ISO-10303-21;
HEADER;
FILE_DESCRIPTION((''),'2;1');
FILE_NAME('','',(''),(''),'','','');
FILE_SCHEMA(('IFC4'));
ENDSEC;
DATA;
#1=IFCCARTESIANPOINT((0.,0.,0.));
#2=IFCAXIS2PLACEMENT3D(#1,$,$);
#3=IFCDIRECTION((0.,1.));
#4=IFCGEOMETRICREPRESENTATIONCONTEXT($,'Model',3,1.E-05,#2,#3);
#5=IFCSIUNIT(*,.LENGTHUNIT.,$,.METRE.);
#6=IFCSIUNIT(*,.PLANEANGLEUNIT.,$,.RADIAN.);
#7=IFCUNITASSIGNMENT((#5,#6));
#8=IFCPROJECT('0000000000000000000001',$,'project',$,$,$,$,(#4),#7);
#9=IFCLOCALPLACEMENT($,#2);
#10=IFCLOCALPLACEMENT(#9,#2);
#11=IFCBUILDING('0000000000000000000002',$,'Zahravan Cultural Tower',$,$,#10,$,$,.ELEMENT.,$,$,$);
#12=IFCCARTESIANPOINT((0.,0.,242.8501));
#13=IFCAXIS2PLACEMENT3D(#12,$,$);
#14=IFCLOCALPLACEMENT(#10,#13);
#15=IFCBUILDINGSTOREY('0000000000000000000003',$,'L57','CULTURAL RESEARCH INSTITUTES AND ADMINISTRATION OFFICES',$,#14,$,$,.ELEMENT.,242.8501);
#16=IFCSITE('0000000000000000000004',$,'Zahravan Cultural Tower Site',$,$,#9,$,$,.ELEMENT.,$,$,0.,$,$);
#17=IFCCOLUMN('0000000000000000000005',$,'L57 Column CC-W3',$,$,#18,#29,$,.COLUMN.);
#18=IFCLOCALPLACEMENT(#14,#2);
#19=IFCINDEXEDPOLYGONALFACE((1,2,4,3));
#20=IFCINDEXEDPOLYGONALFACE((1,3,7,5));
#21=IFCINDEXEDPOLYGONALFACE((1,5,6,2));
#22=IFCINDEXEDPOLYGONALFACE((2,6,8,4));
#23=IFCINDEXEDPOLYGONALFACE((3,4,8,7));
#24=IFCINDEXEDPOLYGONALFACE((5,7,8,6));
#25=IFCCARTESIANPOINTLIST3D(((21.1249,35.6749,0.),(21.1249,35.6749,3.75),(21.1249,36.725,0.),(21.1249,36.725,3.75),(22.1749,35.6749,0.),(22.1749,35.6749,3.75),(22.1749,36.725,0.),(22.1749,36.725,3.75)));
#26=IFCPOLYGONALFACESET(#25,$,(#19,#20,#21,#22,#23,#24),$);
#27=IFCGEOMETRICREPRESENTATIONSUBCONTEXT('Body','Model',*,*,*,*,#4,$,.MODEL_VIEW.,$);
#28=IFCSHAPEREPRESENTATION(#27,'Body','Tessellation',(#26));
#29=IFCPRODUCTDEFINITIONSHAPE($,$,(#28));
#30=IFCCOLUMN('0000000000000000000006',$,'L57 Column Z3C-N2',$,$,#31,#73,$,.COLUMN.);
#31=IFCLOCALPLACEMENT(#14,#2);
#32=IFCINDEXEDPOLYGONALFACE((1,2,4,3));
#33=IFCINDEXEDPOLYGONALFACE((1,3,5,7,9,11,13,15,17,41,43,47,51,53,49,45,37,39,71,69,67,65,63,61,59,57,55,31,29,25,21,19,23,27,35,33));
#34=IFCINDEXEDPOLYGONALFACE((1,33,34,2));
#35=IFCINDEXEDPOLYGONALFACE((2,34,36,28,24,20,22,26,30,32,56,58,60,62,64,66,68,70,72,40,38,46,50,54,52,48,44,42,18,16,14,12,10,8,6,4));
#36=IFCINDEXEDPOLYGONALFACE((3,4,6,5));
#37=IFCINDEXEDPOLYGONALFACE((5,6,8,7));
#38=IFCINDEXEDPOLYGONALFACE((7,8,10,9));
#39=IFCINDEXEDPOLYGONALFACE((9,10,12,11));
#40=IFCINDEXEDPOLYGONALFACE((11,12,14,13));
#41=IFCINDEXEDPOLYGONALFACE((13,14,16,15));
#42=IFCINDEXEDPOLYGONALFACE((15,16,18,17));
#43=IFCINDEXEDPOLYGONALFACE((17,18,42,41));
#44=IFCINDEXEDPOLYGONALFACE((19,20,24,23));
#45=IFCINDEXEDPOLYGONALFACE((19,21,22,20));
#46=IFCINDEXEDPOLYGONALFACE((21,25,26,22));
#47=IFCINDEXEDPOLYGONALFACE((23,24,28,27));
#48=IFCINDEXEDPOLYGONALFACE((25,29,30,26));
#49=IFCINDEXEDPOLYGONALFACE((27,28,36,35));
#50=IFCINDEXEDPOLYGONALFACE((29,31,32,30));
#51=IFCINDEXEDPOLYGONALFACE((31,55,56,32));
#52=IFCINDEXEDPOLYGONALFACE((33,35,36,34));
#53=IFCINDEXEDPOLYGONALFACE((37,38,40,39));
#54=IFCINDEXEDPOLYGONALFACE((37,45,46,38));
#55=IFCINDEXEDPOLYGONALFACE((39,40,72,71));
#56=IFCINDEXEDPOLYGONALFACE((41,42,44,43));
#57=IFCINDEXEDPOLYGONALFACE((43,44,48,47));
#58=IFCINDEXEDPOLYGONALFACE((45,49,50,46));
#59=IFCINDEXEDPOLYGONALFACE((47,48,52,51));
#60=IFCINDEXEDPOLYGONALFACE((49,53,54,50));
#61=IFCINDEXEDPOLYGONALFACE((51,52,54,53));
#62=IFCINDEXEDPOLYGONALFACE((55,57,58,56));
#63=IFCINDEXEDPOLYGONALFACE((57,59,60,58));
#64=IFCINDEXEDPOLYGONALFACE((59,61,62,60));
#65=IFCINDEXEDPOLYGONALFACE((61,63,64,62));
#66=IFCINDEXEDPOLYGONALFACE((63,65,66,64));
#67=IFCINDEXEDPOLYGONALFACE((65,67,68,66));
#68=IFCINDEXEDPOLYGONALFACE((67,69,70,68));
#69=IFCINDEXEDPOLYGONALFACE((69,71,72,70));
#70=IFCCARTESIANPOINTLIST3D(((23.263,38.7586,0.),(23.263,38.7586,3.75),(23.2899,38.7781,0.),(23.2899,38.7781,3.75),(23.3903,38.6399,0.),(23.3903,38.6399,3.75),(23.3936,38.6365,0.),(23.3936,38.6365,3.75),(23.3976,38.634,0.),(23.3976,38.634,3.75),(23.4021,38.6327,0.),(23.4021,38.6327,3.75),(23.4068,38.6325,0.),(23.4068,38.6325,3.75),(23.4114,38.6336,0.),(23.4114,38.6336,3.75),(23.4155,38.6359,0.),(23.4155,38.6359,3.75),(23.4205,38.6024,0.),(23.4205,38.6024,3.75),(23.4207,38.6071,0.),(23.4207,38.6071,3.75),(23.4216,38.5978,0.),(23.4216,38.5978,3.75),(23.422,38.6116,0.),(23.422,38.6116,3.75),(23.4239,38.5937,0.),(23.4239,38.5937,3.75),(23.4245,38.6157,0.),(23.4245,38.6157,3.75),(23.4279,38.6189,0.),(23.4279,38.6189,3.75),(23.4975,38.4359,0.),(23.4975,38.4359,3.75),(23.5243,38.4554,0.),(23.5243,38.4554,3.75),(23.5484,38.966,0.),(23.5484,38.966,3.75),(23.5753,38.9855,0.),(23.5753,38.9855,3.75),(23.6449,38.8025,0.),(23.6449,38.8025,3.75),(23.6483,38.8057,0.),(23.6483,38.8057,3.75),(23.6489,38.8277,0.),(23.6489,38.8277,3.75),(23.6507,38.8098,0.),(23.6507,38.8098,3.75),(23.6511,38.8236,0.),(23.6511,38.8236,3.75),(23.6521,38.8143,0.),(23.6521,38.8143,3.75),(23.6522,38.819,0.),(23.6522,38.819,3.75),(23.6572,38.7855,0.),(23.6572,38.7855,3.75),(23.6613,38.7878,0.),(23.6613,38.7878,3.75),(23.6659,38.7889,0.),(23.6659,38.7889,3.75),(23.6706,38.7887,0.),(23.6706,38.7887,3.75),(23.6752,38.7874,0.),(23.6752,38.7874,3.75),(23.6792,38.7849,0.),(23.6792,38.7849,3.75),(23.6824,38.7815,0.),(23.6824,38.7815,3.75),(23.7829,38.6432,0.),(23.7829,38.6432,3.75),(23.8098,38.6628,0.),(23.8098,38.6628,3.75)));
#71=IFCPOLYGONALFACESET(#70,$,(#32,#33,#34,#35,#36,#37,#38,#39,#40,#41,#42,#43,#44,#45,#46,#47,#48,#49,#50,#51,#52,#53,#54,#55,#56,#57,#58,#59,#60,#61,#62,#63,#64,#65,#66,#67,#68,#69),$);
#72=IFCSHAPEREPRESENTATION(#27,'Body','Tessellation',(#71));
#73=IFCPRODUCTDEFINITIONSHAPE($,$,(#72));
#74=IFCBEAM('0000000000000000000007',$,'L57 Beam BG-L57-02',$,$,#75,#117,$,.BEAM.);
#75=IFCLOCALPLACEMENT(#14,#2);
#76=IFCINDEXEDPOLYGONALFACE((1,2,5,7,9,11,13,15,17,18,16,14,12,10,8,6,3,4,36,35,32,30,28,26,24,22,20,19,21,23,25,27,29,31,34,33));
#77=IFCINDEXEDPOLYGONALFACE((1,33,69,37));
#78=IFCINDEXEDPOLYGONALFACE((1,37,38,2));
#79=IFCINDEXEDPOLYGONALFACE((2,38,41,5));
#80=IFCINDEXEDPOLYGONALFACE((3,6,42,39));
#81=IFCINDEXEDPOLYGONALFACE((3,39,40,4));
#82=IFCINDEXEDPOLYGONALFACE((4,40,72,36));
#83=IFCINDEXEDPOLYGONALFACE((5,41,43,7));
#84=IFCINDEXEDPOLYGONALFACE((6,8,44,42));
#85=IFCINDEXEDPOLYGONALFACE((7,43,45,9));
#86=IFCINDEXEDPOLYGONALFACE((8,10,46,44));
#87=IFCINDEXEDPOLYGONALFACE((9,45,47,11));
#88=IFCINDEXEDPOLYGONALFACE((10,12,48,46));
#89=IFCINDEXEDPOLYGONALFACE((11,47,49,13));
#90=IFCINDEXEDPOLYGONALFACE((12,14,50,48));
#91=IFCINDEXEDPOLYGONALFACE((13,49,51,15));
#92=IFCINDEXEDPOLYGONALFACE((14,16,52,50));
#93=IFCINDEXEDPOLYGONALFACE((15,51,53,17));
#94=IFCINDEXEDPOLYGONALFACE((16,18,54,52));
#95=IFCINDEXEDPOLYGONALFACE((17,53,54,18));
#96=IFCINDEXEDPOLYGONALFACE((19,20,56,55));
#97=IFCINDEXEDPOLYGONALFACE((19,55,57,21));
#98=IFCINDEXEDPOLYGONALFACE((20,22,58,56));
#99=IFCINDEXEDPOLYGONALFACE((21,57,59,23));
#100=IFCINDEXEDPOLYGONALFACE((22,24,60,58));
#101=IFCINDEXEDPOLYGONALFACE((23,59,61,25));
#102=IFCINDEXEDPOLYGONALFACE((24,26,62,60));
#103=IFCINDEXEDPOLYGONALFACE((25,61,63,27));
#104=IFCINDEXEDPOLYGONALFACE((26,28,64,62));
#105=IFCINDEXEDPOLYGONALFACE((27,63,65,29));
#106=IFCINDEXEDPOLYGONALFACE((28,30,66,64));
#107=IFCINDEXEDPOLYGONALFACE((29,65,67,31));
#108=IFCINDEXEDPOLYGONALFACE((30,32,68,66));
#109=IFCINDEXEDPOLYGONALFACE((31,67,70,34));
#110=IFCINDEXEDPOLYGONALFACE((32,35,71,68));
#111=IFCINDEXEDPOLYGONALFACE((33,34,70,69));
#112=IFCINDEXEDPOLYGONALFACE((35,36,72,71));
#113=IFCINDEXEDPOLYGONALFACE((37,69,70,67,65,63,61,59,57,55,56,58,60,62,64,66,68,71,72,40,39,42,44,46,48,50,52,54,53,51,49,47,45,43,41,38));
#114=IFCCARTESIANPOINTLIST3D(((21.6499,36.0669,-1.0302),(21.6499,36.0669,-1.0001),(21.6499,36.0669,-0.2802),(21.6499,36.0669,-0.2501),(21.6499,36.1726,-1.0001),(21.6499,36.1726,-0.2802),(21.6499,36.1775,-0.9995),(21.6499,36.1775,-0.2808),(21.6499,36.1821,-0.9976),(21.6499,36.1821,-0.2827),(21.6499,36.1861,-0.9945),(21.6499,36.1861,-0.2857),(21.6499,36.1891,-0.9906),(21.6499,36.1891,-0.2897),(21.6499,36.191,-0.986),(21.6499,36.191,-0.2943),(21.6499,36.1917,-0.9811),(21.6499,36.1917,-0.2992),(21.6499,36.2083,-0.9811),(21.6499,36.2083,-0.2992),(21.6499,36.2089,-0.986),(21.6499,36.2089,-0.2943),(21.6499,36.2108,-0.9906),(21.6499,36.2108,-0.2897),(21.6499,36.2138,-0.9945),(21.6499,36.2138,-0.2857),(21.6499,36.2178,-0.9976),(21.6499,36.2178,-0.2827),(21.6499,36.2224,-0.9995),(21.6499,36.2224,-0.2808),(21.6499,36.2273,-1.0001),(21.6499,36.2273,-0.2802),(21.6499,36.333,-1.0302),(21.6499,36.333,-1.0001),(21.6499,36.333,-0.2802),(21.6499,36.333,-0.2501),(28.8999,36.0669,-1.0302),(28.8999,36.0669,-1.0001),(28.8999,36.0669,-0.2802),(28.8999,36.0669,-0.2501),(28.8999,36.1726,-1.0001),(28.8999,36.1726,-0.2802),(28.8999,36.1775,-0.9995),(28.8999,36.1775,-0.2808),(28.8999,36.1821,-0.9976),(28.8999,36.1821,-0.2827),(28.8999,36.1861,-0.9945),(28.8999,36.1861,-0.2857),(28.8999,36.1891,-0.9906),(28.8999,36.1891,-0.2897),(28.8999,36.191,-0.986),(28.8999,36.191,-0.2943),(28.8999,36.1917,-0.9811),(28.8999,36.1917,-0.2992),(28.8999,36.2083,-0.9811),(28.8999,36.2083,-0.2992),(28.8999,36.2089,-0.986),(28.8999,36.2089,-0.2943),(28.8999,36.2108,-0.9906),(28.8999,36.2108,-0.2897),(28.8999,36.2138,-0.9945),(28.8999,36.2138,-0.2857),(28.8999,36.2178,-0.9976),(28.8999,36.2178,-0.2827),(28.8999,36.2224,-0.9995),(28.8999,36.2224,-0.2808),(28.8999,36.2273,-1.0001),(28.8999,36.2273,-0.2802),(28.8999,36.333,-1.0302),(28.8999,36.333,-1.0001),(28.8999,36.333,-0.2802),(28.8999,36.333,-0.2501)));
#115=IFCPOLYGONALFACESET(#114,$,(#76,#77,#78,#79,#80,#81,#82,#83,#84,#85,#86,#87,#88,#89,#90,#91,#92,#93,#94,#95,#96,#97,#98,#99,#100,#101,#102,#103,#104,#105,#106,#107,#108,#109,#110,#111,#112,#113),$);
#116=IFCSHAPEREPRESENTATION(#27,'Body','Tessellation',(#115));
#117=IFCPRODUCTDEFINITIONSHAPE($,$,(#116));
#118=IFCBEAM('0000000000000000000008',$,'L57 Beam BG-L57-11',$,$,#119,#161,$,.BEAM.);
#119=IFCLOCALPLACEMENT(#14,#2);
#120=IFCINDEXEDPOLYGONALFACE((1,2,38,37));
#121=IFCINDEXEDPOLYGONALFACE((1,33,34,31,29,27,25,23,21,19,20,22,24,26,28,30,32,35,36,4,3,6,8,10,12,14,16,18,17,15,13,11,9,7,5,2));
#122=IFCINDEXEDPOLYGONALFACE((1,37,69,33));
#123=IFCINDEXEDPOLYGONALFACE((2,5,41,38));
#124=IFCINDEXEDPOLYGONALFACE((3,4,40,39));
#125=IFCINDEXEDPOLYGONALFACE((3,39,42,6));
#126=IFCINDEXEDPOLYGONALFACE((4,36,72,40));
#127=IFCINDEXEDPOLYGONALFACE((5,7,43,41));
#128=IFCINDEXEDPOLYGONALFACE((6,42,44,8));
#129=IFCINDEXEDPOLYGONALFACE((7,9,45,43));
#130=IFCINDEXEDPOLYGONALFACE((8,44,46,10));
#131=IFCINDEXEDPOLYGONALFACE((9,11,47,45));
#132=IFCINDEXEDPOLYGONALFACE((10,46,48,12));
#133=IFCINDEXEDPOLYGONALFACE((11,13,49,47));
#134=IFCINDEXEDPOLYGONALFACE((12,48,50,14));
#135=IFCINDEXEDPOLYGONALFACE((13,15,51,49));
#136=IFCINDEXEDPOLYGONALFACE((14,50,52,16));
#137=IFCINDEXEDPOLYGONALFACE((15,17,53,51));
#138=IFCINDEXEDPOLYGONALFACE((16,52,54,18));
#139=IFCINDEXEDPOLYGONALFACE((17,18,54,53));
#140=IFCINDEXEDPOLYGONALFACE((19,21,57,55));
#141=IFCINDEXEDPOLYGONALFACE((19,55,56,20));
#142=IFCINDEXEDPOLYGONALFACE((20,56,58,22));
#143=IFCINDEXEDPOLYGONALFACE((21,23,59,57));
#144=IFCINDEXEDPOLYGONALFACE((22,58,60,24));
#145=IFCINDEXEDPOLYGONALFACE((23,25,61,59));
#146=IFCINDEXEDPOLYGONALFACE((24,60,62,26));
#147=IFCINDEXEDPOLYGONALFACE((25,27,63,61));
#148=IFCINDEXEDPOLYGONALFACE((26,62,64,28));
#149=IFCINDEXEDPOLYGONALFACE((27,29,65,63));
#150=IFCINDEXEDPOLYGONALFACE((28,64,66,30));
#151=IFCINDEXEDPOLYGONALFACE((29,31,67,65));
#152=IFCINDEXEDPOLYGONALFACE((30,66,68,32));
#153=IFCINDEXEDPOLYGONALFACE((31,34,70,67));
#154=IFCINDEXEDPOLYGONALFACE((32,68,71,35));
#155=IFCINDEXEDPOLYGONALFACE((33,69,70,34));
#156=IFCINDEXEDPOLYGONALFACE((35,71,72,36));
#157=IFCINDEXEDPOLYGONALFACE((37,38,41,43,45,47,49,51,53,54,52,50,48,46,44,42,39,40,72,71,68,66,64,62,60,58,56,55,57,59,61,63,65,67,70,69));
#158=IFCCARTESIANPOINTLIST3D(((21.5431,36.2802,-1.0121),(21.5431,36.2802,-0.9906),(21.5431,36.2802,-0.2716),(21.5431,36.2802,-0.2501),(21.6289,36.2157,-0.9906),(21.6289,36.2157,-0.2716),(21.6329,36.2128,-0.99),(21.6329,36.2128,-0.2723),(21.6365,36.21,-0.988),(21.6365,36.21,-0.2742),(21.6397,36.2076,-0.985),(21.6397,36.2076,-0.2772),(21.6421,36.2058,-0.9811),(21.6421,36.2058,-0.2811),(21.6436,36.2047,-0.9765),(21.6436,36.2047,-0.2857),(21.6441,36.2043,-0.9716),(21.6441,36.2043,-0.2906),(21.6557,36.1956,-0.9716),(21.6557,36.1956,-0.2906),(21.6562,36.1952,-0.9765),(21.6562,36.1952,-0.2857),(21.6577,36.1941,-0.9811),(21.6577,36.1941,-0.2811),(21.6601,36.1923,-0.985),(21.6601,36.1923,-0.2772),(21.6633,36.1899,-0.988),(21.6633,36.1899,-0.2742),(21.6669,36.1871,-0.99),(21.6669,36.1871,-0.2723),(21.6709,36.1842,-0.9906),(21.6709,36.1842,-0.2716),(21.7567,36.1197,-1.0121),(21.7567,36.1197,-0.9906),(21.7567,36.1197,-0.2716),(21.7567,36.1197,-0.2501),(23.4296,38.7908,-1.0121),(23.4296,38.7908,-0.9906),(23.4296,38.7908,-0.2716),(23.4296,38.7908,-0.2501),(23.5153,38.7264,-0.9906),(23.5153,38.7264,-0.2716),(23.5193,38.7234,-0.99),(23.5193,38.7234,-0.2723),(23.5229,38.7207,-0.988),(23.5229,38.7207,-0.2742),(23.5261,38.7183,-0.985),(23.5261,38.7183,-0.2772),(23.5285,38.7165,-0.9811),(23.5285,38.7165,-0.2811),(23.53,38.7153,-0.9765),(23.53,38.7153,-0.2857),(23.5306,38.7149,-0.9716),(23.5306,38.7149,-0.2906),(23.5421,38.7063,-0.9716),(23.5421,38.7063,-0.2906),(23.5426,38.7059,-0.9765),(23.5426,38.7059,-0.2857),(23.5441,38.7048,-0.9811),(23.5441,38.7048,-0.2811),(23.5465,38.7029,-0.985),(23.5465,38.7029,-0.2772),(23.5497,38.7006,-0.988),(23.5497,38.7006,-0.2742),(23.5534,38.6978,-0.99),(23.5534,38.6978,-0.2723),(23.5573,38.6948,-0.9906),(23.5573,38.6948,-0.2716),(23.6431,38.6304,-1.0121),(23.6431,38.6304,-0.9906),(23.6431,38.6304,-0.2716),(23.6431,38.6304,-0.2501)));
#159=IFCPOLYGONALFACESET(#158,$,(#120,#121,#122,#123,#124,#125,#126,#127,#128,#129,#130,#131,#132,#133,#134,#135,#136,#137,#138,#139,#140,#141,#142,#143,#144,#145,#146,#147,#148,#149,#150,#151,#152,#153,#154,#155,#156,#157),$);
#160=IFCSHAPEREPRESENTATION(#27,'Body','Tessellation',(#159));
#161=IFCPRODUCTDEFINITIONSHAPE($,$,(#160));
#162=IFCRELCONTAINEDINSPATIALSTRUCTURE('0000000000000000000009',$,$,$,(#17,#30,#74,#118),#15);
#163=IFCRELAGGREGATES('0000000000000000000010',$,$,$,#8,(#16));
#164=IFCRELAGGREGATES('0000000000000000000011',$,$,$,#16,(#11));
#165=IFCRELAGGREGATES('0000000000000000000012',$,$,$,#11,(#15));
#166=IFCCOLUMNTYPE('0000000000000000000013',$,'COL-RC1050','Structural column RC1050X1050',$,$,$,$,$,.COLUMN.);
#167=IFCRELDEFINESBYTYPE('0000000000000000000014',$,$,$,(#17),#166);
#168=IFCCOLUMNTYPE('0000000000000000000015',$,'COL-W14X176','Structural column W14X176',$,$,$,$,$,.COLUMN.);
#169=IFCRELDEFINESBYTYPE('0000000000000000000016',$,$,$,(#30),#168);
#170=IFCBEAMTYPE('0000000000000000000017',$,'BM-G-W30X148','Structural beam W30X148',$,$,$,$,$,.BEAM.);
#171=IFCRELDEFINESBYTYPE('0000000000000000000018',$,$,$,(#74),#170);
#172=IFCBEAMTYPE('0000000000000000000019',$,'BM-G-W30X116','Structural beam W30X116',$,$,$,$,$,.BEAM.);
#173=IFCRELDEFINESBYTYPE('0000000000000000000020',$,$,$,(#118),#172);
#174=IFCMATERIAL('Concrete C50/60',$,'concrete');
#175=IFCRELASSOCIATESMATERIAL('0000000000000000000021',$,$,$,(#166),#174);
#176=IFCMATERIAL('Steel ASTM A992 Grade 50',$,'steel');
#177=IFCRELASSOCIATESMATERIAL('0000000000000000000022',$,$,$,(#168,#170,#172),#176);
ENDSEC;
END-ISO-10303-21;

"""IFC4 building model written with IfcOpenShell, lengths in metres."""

from ifc_helpers import new_model, si_unit, direction, frame, origin, origin_2d, place, context, subcontext, project, spatial, rectangle, i_section, extrude, source, transform, mapped, material, material_profile, profile_set, type_object, element, save


model = new_model("IFC4")

# Units and contexts
model_context = context("Model", 3, precision=1e-05, world=origin(), true_north=direction((0.0, 1.0)))
body_context = subcontext(model_context, "Body", "Model", "MODEL_VIEW")
ifc_project = project(units=[si_unit("LENGTHUNIT", "METRE"), si_unit("PLANEANGLEUNIT", "RADIAN")], contexts=[model_context])

# Site, building, storey
site_placement = place(None, origin())
site = spatial("IfcSite", under=ifc_project, at=site_placement, Name="Zahravan Cultural Tower Site", CompositionType="ELEMENT", RefElevation=0.0)
building_placement = place(site_placement, origin())
building = spatial("IfcBuilding", under=site, at=building_placement, Name="Zahravan Cultural Tower", CompositionType="ELEMENT")
storey_placement = place(building_placement, frame((0.0, 0.0, 242.8501)))
storey = spatial("IfcBuildingStorey", under=building, at=storey_placement, Name="L57", Description="CULTURAL RESEARCH INSTITUTES AND ADMINISTRATION OFFICES", CompositionType="ELEMENT", Elevation=242.8501)

# Columns
ifc_material_1 = material(Name="Concrete C50/60", Category="concrete")
ifc_material_profile_1 = material_profile(ifc_material_1, rectangle(XDim=1.05, YDim=1.05, at=origin_2d()), Name="RC1050X1050")
ifc_profile_set_1 = profile_set([ifc_material_profile_1], Name="Concrete C50/60")
column_type_1 = type_object("IfcColumnType", Name="COL-RC1050", Description="Structural column RC1050X1050", PredefinedType="COLUMN", material=ifc_profile_set_1)
shared_shape_1 = source(origin(), body_context, "Body", "SweptSolid", [
    extrude(rectangle(XDim=1.05, YDim=1.05, at=origin_2d()), origin(), (0.0, 0.0, 1.0), 3.75),
])
column_1_placement = place(storey_placement, frame((21.6499, 36.2, 0.0), z_axis=(0.0, 0.0, 1.0), x_axis=(1.0, 0.0, 0.0)))
element("IfcColumn", 1, at=column_1_placement, inside=storey, type_object=column_type_1, Name="L57 Column CC-W3", PredefinedType="COLUMN", context=body_context, shape_type="MappedRepresentation", body=[
    mapped(shared_shape_1, transform((0.0, 0.0, 0.0), x_axis=(1.0, 0.0, 0.0), y_axis=(0.0, 1.0, 0.0), z_axis=(0.0, 0.0, 1.0), scale=1.0)),
])
ifc_material_2 = material(Name="Steel ASTM A992 Grade 50", Category="steel")
ifc_material_profile_2 = material_profile(ifc_material_2, i_section(OverallWidth=0.3989, OverallDepth=0.386, WebThickness=0.021, FlangeThickness=0.0332, FilletRadius=0.0181, at=origin_2d()), Name="W14X176")
ifc_profile_set_2 = profile_set([ifc_material_profile_2], Name="Steel ASTM A992 Grade 50")
column_type_2 = type_object("IfcColumnType", Name="COL-W14X176", Description="Structural column W14X176", PredefinedType="COLUMN", material=ifc_profile_set_2)
shared_shape_2 = source(origin(), body_context, "Body", "SweptSolid", [
    extrude(i_section(OverallWidth=0.3989, OverallDepth=0.386, WebThickness=0.021, FlangeThickness=0.0332, FilletRadius=0.0181, at=origin_2d()), origin(), (0.0, 0.0, 1.0), 3.75),
])
column_2_placement = place(storey_placement, frame((23.5364, 38.7107, 0.0), z_axis=(0.0, 0.0, 1.0), x_axis=(-0.587785, 0.809017, 0.0)))
element("IfcColumn", 2, at=column_2_placement, inside=storey, type_object=column_type_2, Name="L57 Column Z3C-N2", PredefinedType="COLUMN", context=body_context, shape_type="MappedRepresentation", body=[
    mapped(shared_shape_2, transform((0.0, 0.0, 0.0), x_axis=(1.0, 0.0, 0.0), y_axis=(0.0, 1.0, 0.0), z_axis=(0.0, 0.0, 1.0), scale=1.0)),
])

# Beams
ifc_material_profile_3 = material_profile(ifc_material_2, i_section(OverallWidth=0.2661, OverallDepth=0.78, WebThickness=0.0166, FlangeThickness=0.03, FilletRadius=0.019, at=origin_2d()), Name="W30X148")
ifc_profile_set_3 = profile_set([ifc_material_profile_3], Name="Steel ASTM A992 Grade 50")
beam_type_1 = type_object("IfcBeamType", Name="BM-G-W30X148", Description="Structural beam W30X148", PredefinedType="BEAM", material=ifc_profile_set_3)
shared_shape_3 = source(origin(), body_context, "Body", "SweptSolid", [
    extrude(i_section(OverallWidth=0.2661, OverallDepth=0.78, WebThickness=0.0166, FlangeThickness=0.03, FilletRadius=0.019, at=origin_2d()), origin(), (0.0, 0.0, 1.0), 7.25),
])
beam_1_placement = place(storey_placement, frame((21.6499, 36.2, -0.6401), z_axis=(1.0, 0.0, 0.0), x_axis=(0.0, 1.0, 0.0)))
element("IfcBeam", 3, at=beam_1_placement, inside=storey, type_object=beam_type_1, Name="L57 Beam BG-L57-02", PredefinedType="BEAM", context=body_context, shape_type="MappedRepresentation", body=[
    mapped(shared_shape_3, transform((0.0, 0.0, 0.0), x_axis=(1.0, 0.0, 0.0), y_axis=(0.0, 1.0, 0.0), z_axis=(0.0, 0.0, 1.0), scale=1.0)),
])
ifc_material_profile_4 = material_profile(ifc_material_2, i_section(OverallWidth=0.2671, OverallDepth=0.762, WebThickness=0.0144, FlangeThickness=0.0215, FilletRadius=0.019, at=origin_2d()), Name="W30X116")
ifc_profile_set_4 = profile_set([ifc_material_profile_4], Name="Steel ASTM A992 Grade 50")
beam_type_2 = type_object("IfcBeamType", Name="BM-G-W30X116", Description="Structural beam W30X116", PredefinedType="BEAM", material=ifc_profile_set_4)
shared_shape_4 = source(origin(), body_context, "Body", "SweptSolid", [
    extrude(i_section(OverallWidth=0.2671, OverallDepth=0.762, WebThickness=0.0144, FlangeThickness=0.0215, FilletRadius=0.019, at=origin_2d()), origin(), (0.0, 0.0, 1.0), 3.1404),
])
beam_2_placement = place(storey_placement, frame((21.6499, 36.2, -0.6311), z_axis=(0.600696, 0.799477, 0.0), x_axis=(-0.799477, 0.600696, 0.0)))
element("IfcBeam", 4, at=beam_2_placement, inside=storey, type_object=beam_type_2, Name="L57 Beam BG-L57-11", PredefinedType="BEAM", context=body_context, shape_type="MappedRepresentation", body=[
    mapped(shared_shape_4, transform((0.0, 0.0, 0.0), x_axis=(1.0, 0.0, 0.0), y_axis=(0.0, 1.0, 0.0), z_axis=(0.0, 0.0, 1.0), scale=1.0)),
])

save(model, "model.ifc")
